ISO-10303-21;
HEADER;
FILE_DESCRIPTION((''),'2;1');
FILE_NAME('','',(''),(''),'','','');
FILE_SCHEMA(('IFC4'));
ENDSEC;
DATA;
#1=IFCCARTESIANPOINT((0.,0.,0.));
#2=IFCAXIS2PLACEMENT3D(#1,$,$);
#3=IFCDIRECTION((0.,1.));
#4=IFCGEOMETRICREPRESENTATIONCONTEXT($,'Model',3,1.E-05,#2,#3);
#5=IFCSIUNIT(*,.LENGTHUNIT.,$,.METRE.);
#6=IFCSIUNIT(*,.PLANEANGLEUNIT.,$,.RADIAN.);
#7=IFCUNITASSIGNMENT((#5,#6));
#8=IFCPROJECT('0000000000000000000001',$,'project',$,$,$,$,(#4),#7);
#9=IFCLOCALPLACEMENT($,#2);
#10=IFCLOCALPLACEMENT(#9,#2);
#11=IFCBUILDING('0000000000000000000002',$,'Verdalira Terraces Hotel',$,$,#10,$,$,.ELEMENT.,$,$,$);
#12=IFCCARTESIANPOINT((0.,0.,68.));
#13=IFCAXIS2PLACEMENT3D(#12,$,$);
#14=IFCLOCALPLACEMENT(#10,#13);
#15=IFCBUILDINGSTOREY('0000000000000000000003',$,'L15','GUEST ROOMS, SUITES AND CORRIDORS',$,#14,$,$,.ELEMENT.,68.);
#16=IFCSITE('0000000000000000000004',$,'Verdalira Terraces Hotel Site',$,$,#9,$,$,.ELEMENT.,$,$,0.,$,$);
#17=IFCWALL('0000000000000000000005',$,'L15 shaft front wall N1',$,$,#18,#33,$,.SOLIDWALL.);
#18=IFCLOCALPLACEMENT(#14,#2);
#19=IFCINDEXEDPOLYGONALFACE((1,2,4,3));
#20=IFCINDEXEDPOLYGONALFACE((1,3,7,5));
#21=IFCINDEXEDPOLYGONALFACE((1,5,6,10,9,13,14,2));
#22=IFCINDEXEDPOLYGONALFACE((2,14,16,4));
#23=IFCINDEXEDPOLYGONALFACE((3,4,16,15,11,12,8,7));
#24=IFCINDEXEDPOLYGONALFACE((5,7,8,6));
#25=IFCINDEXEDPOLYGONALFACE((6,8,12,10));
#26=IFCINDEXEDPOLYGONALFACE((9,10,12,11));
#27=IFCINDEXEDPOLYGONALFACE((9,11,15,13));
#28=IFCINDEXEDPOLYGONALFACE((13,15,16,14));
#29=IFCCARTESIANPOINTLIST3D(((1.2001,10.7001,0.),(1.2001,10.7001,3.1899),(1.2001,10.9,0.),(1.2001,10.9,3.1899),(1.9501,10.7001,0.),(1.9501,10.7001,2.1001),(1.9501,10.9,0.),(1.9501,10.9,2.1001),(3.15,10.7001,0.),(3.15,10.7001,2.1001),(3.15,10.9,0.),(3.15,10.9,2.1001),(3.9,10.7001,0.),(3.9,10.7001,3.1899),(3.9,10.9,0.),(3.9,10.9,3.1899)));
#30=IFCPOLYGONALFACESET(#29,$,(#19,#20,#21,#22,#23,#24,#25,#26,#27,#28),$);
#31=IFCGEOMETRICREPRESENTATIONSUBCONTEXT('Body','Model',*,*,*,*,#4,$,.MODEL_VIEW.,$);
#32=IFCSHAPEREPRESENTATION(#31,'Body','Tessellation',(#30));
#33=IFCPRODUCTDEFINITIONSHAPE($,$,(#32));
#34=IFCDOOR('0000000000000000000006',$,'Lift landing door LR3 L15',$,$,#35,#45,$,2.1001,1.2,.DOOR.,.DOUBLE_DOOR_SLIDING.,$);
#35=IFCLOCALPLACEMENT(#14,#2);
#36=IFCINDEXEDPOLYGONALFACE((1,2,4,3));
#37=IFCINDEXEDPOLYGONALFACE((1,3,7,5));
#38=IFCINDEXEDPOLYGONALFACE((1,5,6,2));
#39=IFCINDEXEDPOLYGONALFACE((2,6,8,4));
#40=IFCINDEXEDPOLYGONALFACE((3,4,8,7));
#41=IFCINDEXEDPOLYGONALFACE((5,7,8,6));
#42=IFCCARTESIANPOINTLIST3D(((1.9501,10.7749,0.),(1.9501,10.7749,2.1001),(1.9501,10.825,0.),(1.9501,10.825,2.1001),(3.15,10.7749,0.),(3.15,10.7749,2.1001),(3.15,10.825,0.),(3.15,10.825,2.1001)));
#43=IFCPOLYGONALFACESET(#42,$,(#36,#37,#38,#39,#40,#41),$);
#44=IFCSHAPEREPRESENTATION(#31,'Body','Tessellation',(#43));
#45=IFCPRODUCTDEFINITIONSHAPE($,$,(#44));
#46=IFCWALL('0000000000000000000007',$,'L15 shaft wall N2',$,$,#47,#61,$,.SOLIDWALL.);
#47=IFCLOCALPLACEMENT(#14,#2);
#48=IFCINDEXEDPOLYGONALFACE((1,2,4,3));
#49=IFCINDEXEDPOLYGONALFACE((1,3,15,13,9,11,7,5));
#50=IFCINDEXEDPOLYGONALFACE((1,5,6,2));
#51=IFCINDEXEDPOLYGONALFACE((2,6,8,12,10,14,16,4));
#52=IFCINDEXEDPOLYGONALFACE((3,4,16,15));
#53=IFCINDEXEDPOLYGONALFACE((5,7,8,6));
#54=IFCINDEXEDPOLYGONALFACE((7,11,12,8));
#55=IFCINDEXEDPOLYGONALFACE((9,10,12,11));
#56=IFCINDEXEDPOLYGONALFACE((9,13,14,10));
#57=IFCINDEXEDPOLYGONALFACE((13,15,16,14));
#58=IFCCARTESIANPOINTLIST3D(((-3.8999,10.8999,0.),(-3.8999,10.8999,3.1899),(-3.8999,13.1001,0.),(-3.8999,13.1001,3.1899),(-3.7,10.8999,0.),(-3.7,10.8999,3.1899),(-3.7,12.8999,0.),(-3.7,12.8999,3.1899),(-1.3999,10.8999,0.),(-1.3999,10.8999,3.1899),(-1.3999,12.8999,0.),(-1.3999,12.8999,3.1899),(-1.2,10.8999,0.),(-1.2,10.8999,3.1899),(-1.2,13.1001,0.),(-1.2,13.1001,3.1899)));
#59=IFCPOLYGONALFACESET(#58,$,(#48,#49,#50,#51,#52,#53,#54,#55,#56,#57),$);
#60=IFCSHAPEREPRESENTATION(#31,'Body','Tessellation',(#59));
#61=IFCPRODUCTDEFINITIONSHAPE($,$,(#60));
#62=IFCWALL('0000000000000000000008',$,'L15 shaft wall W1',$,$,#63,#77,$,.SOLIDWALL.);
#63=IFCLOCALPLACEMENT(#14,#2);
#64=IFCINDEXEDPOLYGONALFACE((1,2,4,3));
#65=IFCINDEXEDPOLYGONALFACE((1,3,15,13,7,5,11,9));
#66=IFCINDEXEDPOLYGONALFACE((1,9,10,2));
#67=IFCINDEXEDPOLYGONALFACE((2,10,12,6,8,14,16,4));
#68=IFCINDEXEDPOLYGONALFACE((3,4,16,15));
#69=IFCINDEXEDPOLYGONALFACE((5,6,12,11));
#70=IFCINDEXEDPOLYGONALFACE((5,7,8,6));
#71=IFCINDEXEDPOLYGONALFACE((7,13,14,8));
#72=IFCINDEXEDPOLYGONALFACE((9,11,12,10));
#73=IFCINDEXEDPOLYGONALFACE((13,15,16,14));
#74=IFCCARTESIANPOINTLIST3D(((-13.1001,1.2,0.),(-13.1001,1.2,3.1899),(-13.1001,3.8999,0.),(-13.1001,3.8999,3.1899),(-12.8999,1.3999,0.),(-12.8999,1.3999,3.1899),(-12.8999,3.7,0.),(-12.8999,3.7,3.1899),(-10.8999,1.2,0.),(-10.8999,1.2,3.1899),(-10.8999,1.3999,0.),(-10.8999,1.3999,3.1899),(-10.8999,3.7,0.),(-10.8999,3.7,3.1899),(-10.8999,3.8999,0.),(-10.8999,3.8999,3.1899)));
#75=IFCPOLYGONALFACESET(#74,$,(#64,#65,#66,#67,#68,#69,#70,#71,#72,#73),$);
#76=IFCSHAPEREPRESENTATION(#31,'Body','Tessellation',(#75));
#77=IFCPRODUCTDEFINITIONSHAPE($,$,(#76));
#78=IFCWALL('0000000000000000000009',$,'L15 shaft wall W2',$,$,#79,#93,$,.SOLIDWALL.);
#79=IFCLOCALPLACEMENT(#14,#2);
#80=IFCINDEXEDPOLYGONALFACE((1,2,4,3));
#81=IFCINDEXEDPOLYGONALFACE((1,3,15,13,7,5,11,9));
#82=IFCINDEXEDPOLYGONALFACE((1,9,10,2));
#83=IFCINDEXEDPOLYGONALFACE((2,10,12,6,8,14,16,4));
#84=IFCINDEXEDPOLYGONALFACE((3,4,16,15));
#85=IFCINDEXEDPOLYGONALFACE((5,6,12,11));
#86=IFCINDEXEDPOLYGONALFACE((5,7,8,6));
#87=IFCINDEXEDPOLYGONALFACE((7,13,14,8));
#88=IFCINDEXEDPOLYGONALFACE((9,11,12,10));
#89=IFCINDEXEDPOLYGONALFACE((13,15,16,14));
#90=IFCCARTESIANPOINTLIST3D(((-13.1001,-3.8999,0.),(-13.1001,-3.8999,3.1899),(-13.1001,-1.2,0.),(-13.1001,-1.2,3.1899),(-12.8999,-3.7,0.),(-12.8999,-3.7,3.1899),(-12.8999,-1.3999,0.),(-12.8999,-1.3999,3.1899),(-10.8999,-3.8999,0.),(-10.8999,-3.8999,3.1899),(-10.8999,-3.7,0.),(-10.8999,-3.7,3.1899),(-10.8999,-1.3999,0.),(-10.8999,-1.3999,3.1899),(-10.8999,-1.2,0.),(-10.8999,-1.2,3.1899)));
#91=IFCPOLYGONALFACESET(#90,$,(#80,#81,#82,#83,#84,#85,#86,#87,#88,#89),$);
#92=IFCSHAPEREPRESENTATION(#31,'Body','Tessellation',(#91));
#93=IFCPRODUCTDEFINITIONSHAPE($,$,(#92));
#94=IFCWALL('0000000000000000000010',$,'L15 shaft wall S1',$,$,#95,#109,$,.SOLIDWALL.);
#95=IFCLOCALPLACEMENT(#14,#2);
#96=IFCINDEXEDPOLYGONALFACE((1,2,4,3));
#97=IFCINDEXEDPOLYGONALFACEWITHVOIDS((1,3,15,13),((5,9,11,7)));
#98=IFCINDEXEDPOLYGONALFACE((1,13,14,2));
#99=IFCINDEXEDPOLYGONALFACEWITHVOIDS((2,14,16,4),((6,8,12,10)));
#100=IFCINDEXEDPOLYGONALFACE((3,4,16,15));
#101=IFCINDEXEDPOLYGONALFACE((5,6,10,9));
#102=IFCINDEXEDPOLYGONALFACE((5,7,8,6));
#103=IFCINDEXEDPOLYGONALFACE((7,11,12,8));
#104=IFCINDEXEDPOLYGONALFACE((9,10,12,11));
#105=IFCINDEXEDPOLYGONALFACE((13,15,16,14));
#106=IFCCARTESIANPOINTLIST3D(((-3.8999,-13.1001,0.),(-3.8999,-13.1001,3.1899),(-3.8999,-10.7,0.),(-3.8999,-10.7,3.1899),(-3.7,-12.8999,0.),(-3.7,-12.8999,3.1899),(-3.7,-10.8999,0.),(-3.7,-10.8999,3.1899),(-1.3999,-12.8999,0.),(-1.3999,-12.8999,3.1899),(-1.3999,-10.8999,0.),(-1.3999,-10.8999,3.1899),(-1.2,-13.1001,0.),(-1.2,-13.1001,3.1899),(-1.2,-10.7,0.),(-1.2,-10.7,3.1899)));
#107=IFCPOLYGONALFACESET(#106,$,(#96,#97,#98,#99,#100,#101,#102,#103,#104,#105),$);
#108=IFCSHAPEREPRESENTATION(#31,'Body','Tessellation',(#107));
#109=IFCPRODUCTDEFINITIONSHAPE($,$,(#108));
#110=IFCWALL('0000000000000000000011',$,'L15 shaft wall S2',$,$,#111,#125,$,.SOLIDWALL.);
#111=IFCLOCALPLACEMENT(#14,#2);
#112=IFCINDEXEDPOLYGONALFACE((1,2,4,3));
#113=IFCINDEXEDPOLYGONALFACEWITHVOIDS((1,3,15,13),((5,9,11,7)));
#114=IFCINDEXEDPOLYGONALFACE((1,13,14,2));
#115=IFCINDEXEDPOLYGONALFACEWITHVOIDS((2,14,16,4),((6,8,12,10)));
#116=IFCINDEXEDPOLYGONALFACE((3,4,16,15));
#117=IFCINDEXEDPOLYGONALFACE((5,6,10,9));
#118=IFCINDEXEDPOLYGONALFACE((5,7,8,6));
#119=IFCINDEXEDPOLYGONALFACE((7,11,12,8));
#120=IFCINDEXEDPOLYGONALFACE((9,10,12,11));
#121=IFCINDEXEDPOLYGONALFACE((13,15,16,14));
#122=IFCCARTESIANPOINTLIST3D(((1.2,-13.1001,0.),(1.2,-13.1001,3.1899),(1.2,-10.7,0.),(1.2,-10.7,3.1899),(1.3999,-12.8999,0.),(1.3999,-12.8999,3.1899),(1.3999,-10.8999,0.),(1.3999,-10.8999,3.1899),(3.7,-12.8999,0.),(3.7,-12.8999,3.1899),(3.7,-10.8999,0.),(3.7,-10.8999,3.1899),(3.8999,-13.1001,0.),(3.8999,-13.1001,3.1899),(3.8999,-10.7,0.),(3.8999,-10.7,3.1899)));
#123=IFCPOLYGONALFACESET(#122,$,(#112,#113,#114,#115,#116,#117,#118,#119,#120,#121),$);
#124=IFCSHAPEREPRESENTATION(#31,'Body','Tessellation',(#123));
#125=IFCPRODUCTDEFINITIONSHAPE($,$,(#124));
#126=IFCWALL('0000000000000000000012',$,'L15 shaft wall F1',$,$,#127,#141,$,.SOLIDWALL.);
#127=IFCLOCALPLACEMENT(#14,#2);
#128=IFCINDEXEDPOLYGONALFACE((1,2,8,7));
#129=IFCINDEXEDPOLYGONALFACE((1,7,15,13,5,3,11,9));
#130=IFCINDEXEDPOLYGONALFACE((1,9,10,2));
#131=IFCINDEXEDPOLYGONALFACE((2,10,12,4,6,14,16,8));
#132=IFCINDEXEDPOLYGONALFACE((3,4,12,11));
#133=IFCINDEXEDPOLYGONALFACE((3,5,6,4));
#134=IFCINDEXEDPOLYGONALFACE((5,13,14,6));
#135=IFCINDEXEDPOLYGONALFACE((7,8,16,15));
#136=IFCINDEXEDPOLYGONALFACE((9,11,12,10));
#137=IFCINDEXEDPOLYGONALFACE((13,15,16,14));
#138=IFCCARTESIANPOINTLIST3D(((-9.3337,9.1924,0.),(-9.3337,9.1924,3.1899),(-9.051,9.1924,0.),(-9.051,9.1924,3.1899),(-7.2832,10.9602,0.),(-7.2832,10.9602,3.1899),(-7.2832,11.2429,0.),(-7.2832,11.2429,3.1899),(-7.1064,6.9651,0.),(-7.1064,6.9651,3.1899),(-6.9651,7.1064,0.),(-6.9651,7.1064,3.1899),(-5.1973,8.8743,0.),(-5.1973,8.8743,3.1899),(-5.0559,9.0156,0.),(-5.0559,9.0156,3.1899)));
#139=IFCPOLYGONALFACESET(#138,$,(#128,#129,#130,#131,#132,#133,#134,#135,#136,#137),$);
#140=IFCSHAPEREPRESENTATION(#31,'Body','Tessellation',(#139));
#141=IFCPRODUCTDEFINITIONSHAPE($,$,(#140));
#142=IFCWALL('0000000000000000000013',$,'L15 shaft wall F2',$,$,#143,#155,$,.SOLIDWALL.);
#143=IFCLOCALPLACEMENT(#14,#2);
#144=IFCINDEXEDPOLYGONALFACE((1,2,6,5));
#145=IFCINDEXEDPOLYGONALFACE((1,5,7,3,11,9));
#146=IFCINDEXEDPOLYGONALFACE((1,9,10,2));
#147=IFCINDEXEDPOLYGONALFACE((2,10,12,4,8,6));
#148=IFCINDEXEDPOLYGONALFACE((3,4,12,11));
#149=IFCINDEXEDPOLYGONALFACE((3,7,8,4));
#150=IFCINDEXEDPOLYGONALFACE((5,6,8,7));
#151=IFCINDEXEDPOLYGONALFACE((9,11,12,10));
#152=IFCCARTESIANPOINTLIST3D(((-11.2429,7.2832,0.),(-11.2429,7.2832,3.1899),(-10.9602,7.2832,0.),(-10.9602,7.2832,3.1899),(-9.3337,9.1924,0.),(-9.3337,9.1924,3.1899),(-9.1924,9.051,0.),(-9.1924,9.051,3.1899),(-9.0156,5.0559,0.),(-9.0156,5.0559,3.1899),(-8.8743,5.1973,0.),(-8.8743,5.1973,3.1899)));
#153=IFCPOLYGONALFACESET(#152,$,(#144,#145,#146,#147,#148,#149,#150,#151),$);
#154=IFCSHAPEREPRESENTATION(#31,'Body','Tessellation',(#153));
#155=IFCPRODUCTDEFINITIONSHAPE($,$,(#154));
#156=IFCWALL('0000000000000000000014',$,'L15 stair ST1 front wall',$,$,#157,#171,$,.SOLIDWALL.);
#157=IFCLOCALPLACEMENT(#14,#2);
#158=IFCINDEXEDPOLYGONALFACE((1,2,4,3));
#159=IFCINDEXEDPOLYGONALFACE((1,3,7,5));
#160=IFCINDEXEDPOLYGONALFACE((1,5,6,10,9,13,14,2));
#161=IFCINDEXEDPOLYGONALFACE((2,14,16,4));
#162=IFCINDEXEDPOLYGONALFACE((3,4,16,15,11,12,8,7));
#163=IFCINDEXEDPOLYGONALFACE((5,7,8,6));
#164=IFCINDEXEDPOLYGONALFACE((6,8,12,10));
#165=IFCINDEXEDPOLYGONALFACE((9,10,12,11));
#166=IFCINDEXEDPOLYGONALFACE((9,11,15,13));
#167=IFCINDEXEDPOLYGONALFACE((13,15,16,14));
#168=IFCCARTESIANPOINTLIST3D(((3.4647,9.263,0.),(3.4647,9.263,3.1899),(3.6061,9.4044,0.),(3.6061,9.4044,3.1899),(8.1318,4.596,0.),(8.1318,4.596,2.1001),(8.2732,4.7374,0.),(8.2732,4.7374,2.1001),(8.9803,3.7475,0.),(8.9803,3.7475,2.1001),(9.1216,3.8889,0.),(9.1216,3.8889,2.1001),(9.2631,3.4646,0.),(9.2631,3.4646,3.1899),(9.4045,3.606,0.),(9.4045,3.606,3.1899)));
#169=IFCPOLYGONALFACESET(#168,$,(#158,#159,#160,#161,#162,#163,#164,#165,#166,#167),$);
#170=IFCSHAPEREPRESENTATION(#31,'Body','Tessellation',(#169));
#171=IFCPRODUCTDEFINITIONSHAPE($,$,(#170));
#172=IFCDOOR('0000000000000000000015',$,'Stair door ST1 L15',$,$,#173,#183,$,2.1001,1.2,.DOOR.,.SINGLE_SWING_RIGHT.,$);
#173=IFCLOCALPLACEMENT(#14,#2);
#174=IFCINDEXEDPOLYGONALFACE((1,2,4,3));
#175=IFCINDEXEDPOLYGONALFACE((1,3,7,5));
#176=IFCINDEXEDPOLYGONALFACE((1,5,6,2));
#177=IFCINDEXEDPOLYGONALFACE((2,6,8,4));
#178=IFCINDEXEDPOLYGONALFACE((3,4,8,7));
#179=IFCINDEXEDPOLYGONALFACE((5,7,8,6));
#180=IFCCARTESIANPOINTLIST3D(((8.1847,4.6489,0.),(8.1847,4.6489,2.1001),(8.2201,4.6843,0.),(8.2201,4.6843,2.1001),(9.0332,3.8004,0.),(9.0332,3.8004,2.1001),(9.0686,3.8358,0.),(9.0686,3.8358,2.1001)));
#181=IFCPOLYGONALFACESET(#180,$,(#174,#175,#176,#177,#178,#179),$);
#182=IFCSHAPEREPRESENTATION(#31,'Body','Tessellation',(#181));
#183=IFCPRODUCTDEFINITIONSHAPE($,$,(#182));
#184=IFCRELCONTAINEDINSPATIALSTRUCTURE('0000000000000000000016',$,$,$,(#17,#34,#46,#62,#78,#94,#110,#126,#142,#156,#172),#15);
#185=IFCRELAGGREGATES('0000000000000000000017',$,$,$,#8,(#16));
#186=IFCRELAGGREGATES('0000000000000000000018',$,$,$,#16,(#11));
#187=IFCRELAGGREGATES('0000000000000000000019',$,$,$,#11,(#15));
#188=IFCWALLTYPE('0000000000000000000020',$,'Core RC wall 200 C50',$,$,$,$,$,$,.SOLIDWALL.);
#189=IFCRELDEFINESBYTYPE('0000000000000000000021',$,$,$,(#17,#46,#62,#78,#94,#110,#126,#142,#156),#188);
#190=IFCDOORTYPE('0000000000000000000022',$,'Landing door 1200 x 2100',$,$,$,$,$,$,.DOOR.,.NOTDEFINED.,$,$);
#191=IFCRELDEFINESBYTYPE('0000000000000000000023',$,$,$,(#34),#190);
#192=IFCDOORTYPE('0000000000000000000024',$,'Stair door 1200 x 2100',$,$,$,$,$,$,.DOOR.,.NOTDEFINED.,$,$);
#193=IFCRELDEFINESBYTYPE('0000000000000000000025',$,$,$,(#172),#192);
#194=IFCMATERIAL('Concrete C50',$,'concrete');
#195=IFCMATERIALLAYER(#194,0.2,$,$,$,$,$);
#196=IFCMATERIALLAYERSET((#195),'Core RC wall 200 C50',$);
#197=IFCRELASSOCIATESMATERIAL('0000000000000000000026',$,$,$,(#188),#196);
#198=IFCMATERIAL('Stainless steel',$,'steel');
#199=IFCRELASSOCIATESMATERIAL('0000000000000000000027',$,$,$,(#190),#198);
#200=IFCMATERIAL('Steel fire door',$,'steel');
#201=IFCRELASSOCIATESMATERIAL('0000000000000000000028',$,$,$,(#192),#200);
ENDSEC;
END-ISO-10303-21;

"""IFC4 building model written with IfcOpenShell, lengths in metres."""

from ifc_helpers import new_model, si_unit, direction, frame, frame_2d, origin, place, context, subcontext, project, spatial, polyline, rectangle, outline, extrude, material, layer, layer_set, type_object, element, fill, save


model = new_model("IFC4")

# Units and contexts
model_context = context("Model", 3, precision=1e-05, world=origin(), true_north=direction((0.0, 1.0)))
body_context = subcontext(model_context, "Body", "Model", "MODEL_VIEW")
ifc_project = project(units=[si_unit("LENGTHUNIT", "METRE"), si_unit("PLANEANGLEUNIT", "RADIAN")], contexts=[model_context])

# Site, building, storey
site_placement = place(None, origin())
site = spatial("IfcSite", under=ifc_project, at=site_placement, Name="Verdalira Terraces Hotel Site", CompositionType="ELEMENT", RefElevation=0.0)
building_placement = place(site_placement, origin())
building = spatial("IfcBuilding", under=site, at=building_placement, Name="Verdalira Terraces Hotel", CompositionType="ELEMENT")
storey_placement = place(building_placement, frame((0.0, 0.0, 68.0)))
storey = spatial("IfcBuildingStorey", under=building, at=storey_placement, Name="L15", Description="GUEST ROOMS, SUITES AND CORRIDORS", CompositionType="ELEMENT", Elevation=68.0)

# Shared definitions
ifc_material_1 = material(Name="Concrete C50", Category="concrete")
ifc_layer_1 = layer(ifc_material_1, 0.2)
ifc_layer_set_1 = layer_set([ifc_layer_1], Name="Core RC wall 200 C50")
wall_type_1 = type_object("IfcWallType", Name="Core RC wall 200 C50", PredefinedType="SOLIDWALL", material=ifc_layer_set_1)

# Wall, opening, door
wall_1_placement = place(storey_placement, frame((1.2, 10.8, 0.0), z_axis=(0.0, 0.0, 1.0), x_axis=(1.0, 0.0, 0.0)))
wall_1 = element("IfcWall", 1, at=wall_1_placement, inside=storey, type_object=wall_type_1, Name="L15 shaft front wall N1", PredefinedType="SOLIDWALL", context=body_context, shape_type="SweptSolid", body=[
    extrude(rectangle(XDim=2.7, YDim=0.2, at=frame_2d((1.3501, 0.0))), origin(), (0.0, 0.0, 1.0), 3.1899),
])
opening_1_placement = place(wall_1_placement, frame((0.75, 0.0, 0.0)))
opening_1 = element("IfcOpeningElement", 2, at=opening_1_placement, cuts=wall_1, PredefinedType="OPENING", context=body_context, shape_type="SweptSolid", body=[
    extrude(rectangle(XDim=1.2, YDim=2.1001, at=frame_2d((0.6001, 1.05))), frame((0.0, 0.1099, 0.0), z_axis=(0.0, -1.0, 0.0), x_axis=(1.0, 0.0, 0.0)), (0.0, 0.0, 1.0), 0.22),
])
ifc_material_2 = material(Name="Stainless steel", Category="steel")
door_type_1 = type_object("IfcDoorType", Name="Landing door 1200 x 2100", OperationType="NOTDEFINED", PredefinedType="DOOR", material=ifc_material_2)
door_1_placement = place(opening_1_placement, origin())
door_1 = element("IfcDoor", 3, at=door_1_placement, inside=storey, type_object=door_type_1, Name="Lift landing door LR3 L15", OperationType="DOUBLE_DOOR_SLIDING", OverallHeight=2.1001, OverallWidth=1.2, PredefinedType="DOOR", context=body_context, shape_type="SweptSolid", body=[
    extrude(rectangle(XDim=1.2, YDim=2.1001, at=frame_2d((0.6001, 1.05))), frame((0.0, 0.0249, 0.0), z_axis=(0.0, -1.0, 0.0), x_axis=(1.0, 0.0, 0.0)), (0.0, 0.0, 1.0), 0.05),
])
fill(opening_1, door_1)

# Walls
wall_2_placement = place(storey_placement, origin())
element("IfcWall", 4, at=wall_2_placement, inside=storey, type_object=wall_type_1, Name="L15 shaft wall N2", PredefinedType="SOLIDWALL", context=body_context, shape_type="SweptSolid", body=[
    extrude(outline(polyline([(-3.8999, 10.8999), (-3.8999, 13.1001), (-1.2, 13.1001), (-1.2, 10.8999), (-1.3999, 10.8999), (-1.3999, 12.8999), (-3.7, 12.8999), (-3.7, 10.8999), (-3.8999, 10.8999)])), origin(), (0.0, 0.0, 1.0), 3.1899),
])
wall_3_placement = place(storey_placement, origin())
element("IfcWall", 5, at=wall_3_placement, inside=storey, type_object=wall_type_1, Name="L15 shaft wall W1", PredefinedType="SOLIDWALL", context=body_context, shape_type="SweptSolid", body=[
    extrude(outline(polyline([(-13.1001, 3.8999), (-10.8999, 3.8999), (-10.8999, 3.7), (-12.8999, 3.7), (-12.8999, 1.3999), (-10.8999, 1.3999), (-10.8999, 1.2), (-13.1001, 1.2), (-13.1001, 3.8999)])), origin(), (0.0, 0.0, 1.0), 3.1899),
])
wall_4_placement = place(storey_placement, origin())
element("IfcWall", 6, at=wall_4_placement, inside=storey, type_object=wall_type_1, Name="L15 shaft wall W2", PredefinedType="SOLIDWALL", context=body_context, shape_type="SweptSolid", body=[
    extrude(outline(polyline([(-13.1001, -3.8999), (-13.1001, -1.2), (-10.8999, -1.2), (-10.8999, -1.3999), (-12.8999, -1.3999), (-12.8999, -3.7), (-10.8999, -3.7), (-10.8999, -3.8999), (-13.1001, -3.8999)])), origin(), (0.0, 0.0, 1.0), 3.1899),
])
wall_5_placement = place(storey_placement, origin())
element("IfcWall", 7, at=wall_5_placement, inside=storey, type_object=wall_type_1, Name="L15 shaft wall S1", PredefinedType="SOLIDWALL", context=body_context, shape_type="SweptSolid", body=[
    extrude(outline(polyline([(-1.2, -13.1001), (-3.8999, -13.1001), (-3.8999, -10.7), (-1.2, -10.7), (-1.2, -13.1001)]), holes=[polyline([(-3.7, -10.8999), (-3.7, -12.8999), (-1.3999, -12.8999), (-1.3999, -10.8999), (-3.7, -10.8999)])]), origin(), (0.0, 0.0, 1.0), 3.1899),
])
wall_6_placement = place(storey_placement, origin())
element("IfcWall", 8, at=wall_6_placement, inside=storey, type_object=wall_type_1, Name="L15 shaft wall S2", PredefinedType="SOLIDWALL", context=body_context, shape_type="SweptSolid", body=[
    extrude(outline(polyline([(3.8999, -10.7), (3.8999, -13.1001), (1.2, -13.1001), (1.2, -10.7), (3.8999, -10.7)]), holes=[polyline([(1.3999, -12.8999), (3.7, -12.8999), (3.7, -10.8999), (1.3999, -10.8999), (1.3999, -12.8999)])]), origin(), (0.0, 0.0, 1.0), 3.1899),
])
wall_7_placement = place(storey_placement, origin())
element("IfcWall", 9, at=wall_7_placement, inside=storey, type_object=wall_type_1, Name="L15 shaft wall F1", PredefinedType="SOLIDWALL", context=body_context, shape_type="SweptSolid", body=[
    extrude(outline(polyline([(-9.3337, 9.1924), (-7.2832, 11.2429), (-5.0559, 9.0156), (-5.1973, 8.8743), (-7.2832, 10.9602), (-9.051, 9.1924), (-6.9651, 7.1064), (-7.1064, 6.9651), (-9.3337, 9.1924)])), origin(), (0.0, 0.0, 1.0), 3.1899),
])
wall_8_placement = place(storey_placement, origin())
element("IfcWall", 10, at=wall_8_placement, inside=storey, type_object=wall_type_1, Name="L15 shaft wall F2", PredefinedType="SOLIDWALL", context=body_context, shape_type="SweptSolid", body=[
    extrude(outline(polyline([(-11.2429, 7.2832), (-9.3337, 9.1924), (-9.1924, 9.051), (-10.9602, 7.2832), (-8.8743, 5.1973), (-9.0156, 5.0559), (-11.2429, 7.2832)])), origin(), (0.0, 0.0, 1.0), 3.1899),
])

# Wall, opening, door
wall_9_placement = place(storey_placement, frame((3.5354, 9.3337, 0.0), z_axis=(0.0, 0.0, 1.0), x_axis=(0.707107, -0.707107, 0.0)))
wall_9 = element("IfcWall", 11, at=wall_9_placement, inside=storey, type_object=wall_type_1, Name="L15 stair ST1 front wall", PredefinedType="SOLIDWALL", context=body_context, shape_type="SweptSolid", body=[
    extrude(rectangle(XDim=8.2002, YDim=0.2, at=frame_2d((4.1001, 0.0))), origin(), (0.0, 0.0, 1.0), 3.1899),
])
opening_2_placement = place(wall_9_placement, frame((6.6001, 0.0, 0.0)))
opening_2 = element("IfcOpeningElement", 12, at=opening_2_placement, cuts=wall_9, PredefinedType="OPENING", context=body_context, shape_type="SweptSolid", body=[
    extrude(rectangle(XDim=1.2, YDim=2.1001, at=frame_2d((0.6001, 1.05))), frame((0.0, 0.1099, 0.0), z_axis=(0.0, -1.0, 0.0), x_axis=(1.0, 0.0, 0.0)), (0.0, 0.0, 1.0), 0.22),
])
ifc_material_3 = material(Name="Steel fire door", Category="steel")
door_type_2 = type_object("IfcDoorType", Name="Stair door 1200 x 2100", OperationType="NOTDEFINED", PredefinedType="DOOR", material=ifc_material_3)
door_2_placement = place(opening_2_placement, origin())
door_2 = element("IfcDoor", 13, at=door_2_placement, inside=storey, type_object=door_type_2, Name="Stair door ST1 L15", OperationType="SINGLE_SWING_RIGHT", OverallHeight=2.1001, OverallWidth=1.2, PredefinedType="DOOR", context=body_context, shape_type="SweptSolid", body=[
    extrude(rectangle(XDim=1.2, YDim=2.1001, at=frame_2d((0.6001, 1.05))), frame((0.0, 0.0249, 0.0), z_axis=(0.0, -1.0, 0.0), x_axis=(1.0, 0.0, 0.0)), (0.0, 0.0, 1.0), 0.05),
])
fill(opening_2, door_2)

save(model, "model.ifc")
